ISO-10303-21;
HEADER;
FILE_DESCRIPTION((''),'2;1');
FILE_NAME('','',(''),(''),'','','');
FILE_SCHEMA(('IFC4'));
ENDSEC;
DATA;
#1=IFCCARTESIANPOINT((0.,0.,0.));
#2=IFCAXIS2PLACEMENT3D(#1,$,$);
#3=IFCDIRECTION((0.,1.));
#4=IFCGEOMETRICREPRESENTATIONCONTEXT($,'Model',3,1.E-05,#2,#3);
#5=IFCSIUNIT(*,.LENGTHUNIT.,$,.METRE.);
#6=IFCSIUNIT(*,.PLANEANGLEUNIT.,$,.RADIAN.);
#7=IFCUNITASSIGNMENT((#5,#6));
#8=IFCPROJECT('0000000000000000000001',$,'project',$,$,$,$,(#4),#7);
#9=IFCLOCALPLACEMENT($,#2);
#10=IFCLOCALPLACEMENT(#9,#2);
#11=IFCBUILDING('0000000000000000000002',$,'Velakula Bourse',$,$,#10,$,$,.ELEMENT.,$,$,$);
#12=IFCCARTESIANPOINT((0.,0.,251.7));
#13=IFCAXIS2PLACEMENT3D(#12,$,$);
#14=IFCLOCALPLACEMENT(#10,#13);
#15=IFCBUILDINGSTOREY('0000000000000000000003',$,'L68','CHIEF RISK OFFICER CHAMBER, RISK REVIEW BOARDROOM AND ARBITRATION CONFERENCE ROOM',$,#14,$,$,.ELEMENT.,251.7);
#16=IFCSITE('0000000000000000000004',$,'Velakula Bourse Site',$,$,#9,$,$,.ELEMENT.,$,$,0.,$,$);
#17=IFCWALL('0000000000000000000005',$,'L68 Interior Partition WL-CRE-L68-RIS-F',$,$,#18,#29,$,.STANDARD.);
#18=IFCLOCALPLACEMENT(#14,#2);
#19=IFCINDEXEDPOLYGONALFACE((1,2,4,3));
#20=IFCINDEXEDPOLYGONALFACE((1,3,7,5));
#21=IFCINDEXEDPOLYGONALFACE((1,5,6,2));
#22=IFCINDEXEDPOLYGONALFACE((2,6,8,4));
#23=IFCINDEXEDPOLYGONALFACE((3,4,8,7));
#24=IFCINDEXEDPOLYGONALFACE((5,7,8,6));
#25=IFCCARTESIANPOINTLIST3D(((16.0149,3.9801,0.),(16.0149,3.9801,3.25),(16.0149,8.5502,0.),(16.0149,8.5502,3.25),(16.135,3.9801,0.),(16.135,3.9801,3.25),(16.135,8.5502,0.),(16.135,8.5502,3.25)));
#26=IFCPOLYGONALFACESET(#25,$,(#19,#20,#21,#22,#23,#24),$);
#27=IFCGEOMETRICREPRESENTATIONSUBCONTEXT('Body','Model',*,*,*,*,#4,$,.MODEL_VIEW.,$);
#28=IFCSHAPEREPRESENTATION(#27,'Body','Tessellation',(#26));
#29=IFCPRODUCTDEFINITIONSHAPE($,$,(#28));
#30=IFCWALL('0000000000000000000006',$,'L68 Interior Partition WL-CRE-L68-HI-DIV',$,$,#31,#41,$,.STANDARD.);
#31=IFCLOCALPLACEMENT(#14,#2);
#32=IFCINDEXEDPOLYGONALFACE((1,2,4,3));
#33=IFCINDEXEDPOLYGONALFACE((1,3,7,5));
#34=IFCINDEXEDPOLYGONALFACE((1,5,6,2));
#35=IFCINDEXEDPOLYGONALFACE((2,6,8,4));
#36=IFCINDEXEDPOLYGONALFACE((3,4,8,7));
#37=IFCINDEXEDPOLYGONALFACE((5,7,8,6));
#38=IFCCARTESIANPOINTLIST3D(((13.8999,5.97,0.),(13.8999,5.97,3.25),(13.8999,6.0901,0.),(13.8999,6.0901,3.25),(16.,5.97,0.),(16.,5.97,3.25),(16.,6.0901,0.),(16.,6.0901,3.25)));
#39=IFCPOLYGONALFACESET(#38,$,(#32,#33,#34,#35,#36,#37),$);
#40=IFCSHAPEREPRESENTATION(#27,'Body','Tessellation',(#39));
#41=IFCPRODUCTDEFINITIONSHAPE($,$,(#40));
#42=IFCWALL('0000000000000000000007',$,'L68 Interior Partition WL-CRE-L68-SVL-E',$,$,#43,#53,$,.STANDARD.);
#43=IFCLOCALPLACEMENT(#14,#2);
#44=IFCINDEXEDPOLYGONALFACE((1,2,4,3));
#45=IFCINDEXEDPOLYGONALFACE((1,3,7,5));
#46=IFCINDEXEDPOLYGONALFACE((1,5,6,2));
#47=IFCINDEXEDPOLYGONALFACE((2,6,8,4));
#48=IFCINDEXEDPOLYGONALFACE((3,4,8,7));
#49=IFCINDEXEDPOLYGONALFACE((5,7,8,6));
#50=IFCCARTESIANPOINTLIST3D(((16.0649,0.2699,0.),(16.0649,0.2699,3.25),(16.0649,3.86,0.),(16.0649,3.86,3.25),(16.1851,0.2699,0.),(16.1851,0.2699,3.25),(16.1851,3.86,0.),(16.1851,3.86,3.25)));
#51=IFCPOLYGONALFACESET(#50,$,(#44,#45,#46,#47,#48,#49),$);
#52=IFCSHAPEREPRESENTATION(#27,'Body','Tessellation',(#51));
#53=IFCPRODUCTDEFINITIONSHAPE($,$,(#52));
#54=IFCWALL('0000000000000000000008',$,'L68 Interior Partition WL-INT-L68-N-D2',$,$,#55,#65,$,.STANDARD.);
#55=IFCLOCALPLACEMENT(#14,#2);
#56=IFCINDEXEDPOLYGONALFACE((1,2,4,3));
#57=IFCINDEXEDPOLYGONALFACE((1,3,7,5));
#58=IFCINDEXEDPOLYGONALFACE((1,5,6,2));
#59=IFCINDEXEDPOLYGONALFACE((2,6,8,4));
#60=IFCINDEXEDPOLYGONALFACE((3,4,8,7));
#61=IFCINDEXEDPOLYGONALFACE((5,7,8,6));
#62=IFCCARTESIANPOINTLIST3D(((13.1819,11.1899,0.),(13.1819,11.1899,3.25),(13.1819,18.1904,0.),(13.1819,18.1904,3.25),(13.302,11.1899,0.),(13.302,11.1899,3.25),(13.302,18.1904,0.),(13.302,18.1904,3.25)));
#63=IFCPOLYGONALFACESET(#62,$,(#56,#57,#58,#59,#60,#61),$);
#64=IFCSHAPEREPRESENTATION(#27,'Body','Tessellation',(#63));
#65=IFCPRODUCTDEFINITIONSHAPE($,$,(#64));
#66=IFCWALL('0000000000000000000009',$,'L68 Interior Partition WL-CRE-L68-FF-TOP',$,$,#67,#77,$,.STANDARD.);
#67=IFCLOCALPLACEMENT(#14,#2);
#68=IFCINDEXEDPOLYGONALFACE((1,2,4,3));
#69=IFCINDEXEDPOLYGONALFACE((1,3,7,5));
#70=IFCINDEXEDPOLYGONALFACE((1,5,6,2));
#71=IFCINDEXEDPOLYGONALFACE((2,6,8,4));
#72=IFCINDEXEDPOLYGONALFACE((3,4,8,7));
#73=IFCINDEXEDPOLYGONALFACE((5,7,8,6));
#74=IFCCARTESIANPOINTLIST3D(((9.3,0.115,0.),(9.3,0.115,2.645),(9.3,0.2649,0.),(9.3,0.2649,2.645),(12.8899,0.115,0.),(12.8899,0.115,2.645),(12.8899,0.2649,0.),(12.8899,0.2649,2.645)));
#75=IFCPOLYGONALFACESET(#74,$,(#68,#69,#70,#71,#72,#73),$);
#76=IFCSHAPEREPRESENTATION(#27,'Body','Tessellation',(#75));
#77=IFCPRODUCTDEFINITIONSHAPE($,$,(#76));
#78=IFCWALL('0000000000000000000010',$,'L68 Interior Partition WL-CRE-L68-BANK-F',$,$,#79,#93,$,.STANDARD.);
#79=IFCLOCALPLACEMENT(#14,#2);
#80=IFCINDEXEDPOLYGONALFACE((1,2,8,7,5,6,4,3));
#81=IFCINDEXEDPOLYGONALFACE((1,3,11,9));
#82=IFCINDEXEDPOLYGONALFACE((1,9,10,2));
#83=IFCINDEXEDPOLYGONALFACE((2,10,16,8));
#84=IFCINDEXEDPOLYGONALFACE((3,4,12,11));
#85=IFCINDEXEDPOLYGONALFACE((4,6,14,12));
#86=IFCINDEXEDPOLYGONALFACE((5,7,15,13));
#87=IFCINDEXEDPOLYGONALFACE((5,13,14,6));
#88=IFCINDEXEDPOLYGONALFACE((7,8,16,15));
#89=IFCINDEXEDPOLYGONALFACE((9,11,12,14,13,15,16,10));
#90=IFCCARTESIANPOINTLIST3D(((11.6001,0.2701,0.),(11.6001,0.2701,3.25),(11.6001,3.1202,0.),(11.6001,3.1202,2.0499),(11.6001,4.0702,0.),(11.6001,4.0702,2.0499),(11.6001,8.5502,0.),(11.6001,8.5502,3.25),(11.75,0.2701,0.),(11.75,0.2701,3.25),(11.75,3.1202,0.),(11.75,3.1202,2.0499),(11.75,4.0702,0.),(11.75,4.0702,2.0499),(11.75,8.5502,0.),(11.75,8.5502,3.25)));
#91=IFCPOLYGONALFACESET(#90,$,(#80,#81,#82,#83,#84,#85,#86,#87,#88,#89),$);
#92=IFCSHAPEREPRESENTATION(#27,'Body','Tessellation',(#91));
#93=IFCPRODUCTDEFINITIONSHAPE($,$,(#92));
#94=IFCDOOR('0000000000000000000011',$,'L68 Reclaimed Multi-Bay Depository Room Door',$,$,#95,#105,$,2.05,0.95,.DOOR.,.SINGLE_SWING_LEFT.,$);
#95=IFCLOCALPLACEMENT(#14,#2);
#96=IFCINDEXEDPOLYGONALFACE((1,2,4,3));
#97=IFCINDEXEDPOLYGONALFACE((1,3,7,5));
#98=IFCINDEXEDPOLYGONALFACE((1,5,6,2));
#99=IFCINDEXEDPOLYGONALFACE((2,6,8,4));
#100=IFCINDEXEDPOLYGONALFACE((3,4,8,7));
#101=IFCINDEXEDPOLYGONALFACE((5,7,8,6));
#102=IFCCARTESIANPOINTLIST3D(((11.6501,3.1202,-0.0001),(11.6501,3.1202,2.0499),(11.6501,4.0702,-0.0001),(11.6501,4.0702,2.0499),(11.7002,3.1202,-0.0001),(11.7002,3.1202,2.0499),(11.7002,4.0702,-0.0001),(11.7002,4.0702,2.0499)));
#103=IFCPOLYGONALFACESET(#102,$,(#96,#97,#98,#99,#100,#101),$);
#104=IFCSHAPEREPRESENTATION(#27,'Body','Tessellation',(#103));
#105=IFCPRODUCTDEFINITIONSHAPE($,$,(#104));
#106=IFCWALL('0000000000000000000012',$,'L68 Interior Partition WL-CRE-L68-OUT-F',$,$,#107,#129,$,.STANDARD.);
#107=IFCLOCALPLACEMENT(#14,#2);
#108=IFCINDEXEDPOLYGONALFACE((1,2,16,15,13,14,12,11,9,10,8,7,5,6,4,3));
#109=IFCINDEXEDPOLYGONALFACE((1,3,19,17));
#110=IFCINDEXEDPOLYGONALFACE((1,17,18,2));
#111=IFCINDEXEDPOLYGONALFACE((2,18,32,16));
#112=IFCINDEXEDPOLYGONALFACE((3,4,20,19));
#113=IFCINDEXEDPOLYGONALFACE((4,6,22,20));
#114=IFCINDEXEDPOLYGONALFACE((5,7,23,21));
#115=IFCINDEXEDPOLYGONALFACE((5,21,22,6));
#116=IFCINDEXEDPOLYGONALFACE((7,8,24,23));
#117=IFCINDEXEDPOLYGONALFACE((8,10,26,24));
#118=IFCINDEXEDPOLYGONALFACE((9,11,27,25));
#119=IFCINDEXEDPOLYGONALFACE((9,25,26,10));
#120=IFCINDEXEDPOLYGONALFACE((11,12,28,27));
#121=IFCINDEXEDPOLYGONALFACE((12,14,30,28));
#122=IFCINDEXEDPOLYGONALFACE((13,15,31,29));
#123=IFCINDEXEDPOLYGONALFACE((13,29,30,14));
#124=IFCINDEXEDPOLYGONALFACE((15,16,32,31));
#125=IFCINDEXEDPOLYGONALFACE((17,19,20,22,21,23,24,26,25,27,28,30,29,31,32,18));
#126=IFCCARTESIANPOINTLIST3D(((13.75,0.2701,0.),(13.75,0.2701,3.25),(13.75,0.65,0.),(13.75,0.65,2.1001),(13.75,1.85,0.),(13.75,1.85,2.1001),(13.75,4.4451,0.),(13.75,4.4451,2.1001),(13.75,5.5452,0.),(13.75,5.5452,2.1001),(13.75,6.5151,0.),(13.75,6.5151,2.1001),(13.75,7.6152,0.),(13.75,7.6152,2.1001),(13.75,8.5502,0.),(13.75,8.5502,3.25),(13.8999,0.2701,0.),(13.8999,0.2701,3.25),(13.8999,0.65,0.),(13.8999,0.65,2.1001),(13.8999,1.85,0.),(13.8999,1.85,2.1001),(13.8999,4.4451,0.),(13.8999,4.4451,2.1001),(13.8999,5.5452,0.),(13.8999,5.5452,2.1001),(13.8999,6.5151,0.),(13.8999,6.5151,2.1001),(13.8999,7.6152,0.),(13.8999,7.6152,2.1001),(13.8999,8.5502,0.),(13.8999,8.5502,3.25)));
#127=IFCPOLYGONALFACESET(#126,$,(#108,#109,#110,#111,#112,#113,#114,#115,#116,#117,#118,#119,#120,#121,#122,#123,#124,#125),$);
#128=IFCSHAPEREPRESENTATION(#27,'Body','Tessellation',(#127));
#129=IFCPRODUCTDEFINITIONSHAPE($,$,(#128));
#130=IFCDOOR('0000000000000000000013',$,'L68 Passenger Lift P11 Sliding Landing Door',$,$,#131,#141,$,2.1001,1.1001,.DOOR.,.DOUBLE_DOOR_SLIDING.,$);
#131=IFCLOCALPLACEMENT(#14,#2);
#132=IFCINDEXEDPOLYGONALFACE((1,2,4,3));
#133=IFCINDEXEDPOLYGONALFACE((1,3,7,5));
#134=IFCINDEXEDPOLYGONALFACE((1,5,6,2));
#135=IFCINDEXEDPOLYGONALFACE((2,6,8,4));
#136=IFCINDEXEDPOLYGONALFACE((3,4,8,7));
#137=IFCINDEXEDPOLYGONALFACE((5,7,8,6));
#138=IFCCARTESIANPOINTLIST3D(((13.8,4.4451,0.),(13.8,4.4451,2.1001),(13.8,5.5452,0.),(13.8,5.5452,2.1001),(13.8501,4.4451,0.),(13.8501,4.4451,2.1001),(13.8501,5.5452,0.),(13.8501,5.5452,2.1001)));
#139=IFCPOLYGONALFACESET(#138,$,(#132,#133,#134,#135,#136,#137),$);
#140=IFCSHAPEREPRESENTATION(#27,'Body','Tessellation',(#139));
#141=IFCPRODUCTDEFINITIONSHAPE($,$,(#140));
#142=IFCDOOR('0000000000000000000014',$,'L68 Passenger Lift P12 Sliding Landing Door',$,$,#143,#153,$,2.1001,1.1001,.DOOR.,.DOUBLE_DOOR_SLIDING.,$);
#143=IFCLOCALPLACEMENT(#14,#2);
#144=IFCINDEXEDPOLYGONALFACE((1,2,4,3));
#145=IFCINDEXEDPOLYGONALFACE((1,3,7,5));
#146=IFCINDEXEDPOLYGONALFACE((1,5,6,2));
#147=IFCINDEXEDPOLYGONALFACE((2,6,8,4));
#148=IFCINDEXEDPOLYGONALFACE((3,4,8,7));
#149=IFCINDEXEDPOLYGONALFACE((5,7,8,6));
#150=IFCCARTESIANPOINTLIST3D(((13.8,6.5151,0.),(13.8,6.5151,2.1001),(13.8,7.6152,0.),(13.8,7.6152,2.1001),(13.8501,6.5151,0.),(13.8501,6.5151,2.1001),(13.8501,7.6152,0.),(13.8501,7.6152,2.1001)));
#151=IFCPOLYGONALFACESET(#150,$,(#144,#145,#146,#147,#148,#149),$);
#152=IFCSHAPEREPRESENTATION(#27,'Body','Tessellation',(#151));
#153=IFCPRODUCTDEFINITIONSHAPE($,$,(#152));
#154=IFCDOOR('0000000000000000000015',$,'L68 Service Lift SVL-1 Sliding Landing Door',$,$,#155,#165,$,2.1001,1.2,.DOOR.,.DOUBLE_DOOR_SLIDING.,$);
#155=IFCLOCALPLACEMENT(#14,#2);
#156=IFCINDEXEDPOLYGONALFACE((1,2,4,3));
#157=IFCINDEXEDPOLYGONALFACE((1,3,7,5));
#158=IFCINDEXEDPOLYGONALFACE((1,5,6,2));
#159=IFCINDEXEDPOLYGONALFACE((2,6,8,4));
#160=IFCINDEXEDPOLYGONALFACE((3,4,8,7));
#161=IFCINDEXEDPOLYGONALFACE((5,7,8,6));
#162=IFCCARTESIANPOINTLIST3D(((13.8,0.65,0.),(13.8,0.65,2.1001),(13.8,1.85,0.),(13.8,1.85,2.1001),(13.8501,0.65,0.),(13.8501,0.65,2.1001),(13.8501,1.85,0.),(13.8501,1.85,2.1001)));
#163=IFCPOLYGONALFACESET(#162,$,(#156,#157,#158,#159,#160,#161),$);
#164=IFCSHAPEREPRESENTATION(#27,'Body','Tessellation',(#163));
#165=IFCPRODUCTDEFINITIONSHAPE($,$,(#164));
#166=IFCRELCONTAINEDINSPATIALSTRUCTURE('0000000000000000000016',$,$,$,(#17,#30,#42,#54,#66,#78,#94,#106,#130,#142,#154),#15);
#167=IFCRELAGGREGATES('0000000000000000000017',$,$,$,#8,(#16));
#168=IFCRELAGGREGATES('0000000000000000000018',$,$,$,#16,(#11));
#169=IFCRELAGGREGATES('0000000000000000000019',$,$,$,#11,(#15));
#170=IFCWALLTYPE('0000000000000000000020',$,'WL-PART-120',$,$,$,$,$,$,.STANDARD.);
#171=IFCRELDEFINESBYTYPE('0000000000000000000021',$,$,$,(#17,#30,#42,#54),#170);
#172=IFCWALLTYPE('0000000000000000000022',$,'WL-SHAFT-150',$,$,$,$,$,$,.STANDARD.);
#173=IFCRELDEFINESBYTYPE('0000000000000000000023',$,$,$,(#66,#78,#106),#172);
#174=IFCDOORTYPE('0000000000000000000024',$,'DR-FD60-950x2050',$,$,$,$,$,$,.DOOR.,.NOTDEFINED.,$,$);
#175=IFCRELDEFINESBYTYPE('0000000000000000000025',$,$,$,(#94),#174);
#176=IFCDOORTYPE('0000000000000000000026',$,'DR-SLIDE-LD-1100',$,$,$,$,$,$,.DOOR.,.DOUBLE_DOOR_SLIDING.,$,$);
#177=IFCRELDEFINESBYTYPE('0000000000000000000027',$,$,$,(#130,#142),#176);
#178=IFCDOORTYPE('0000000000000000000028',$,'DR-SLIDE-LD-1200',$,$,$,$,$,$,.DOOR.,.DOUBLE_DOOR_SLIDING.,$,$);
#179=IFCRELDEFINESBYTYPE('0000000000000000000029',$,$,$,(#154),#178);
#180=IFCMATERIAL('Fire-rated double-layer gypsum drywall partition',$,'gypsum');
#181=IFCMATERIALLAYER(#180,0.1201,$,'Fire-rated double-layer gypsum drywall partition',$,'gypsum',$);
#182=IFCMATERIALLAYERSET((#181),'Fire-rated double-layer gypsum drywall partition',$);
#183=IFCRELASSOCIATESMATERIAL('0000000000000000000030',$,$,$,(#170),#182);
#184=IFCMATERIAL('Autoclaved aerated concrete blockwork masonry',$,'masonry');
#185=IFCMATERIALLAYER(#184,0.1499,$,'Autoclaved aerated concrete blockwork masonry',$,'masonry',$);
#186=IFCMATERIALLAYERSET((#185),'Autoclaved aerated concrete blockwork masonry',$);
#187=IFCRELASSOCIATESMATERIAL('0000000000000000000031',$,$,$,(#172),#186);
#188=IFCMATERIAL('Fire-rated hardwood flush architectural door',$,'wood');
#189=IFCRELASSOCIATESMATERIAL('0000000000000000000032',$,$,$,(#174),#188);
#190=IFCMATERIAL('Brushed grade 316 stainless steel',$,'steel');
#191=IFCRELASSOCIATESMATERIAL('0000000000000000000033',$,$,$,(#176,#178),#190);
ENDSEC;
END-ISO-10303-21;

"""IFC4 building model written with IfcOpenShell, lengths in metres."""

from ifc_helpers import new_model, si_unit, direction, frame, frame_2d, origin, place, context, subcontext, project, spatial, rectangle, extrude, material, layer, layer_set, type_object, element, fill, save


model = new_model("IFC4")

# Units and contexts
model_context = context("Model", 3, precision=1e-05, world=origin(), true_north=direction((0.0, 1.0)))
body_context = subcontext(model_context, "Body", "Model", "MODEL_VIEW")
ifc_project = project(units=[si_unit("LENGTHUNIT", "METRE"), si_unit("PLANEANGLEUNIT", "RADIAN")], contexts=[model_context])

# Site, building, storey
site_placement = place(None, origin())
site = spatial("IfcSite", under=ifc_project, at=site_placement, Name="Velakula Bourse Site", CompositionType="ELEMENT", RefElevation=0.0)
building_placement = place(site_placement, origin())
building = spatial("IfcBuilding", under=site, at=building_placement, Name="Velakula Bourse", CompositionType="ELEMENT")
storey_placement = place(building_placement, frame((0.0, 0.0, 251.7)))
storey = spatial("IfcBuildingStorey", under=building, at=storey_placement, Name="L68", Description="CHIEF RISK OFFICER CHAMBER, RISK REVIEW BOARDROOM AND ARBITRATION CONFERENCE ROOM", CompositionType="ELEMENT", Elevation=251.7)

# Walls
ifc_material_1 = material(Name="Fire-rated double-layer gypsum drywall partition", Category="gypsum")
ifc_layer_1 = layer(ifc_material_1, 0.1201, Name="Fire-rated double-layer gypsum drywall partition", Category="gypsum")
ifc_layer_set_1 = layer_set([ifc_layer_1], Name="Fire-rated double-layer gypsum drywall partition")
wall_type_1 = type_object("IfcWallType", Name="WL-PART-120", PredefinedType="STANDARD", material=ifc_layer_set_1)
wall_1_placement = place(storey_placement, frame((16.075, 3.98, 0.0), z_axis=(0.0, 0.0, 1.0), x_axis=(0.0, 1.0, 0.0)))
element("IfcWall", 1, at=wall_1_placement, inside=storey, type_object=wall_type_1, Name="L68 Interior Partition WL-CRE-L68-RIS-F", PredefinedType="STANDARD", context=body_context, shape_type="SweptSolid", body=[
    extrude(rectangle(XDim=4.5701, YDim=0.1201, at=frame_2d((2.2852, 0.0))), origin(), (0.0, 0.0, 1.0), 3.25),
])
wall_2_placement = place(storey_placement, frame((13.8999, 6.03, 0.0), z_axis=(0.0, 0.0, 1.0), x_axis=(1.0, 0.0, 0.0)))
element("IfcWall", 2, at=wall_2_placement, inside=storey, type_object=wall_type_1, Name="L68 Interior Partition WL-CRE-L68-HI-DIV", PredefinedType="STANDARD", context=body_context, shape_type="SweptSolid", body=[
    extrude(rectangle(XDim=2.1001, YDim=0.1201, at=frame_2d((1.05, 0.0))), origin(), (0.0, 0.0, 1.0), 3.25),
])
wall_3_placement = place(storey_placement, frame((16.125, 0.27, 0.0), z_axis=(0.0, 0.0, 1.0), x_axis=(0.0, 1.0, 0.0)))
element("IfcWall", 3, at=wall_3_placement, inside=storey, type_object=wall_type_1, Name="L68 Interior Partition WL-CRE-L68-SVL-E", PredefinedType="STANDARD", context=body_context, shape_type="SweptSolid", body=[
    extrude(rectangle(XDim=3.5901, YDim=0.1201, at=frame_2d((1.7949, 0.0))), origin(), (0.0, 0.0, 1.0), 3.25),
])
wall_4_placement = place(storey_placement, frame((13.2419, 11.1899, 0.0), z_axis=(0.0, 0.0, 1.0), x_axis=(0.0, 1.0, 0.0)))
element("IfcWall", 4, at=wall_4_placement, inside=storey, type_object=wall_type_1, Name="L68 Interior Partition WL-INT-L68-N-D2", PredefinedType="STANDARD", context=body_context, shape_type="SweptSolid", body=[
    extrude(rectangle(XDim=7.0005, YDim=0.1201, at=frame_2d((3.5002, 0.0))), origin(), (0.0, 0.0, 1.0), 3.25),
])
ifc_material_2 = material(Name="Autoclaved aerated concrete blockwork masonry", Category="masonry")
ifc_layer_2 = layer(ifc_material_2, 0.1499, Name="Autoclaved aerated concrete blockwork masonry", Category="masonry")
ifc_layer_set_2 = layer_set([ifc_layer_2], Name="Autoclaved aerated concrete blockwork masonry")
wall_type_2 = type_object("IfcWallType", Name="WL-SHAFT-150", PredefinedType="STANDARD", material=ifc_layer_set_2)
wall_5_placement = place(storey_placement, frame((9.3, 0.1899, 0.0), z_axis=(0.0, 0.0, 1.0), x_axis=(1.0, 0.0, 0.0)))
element("IfcWall", 5, at=wall_5_placement, inside=storey, type_object=wall_type_2, Name="L68 Interior Partition WL-CRE-L68-FF-TOP", PredefinedType="STANDARD", context=body_context, shape_type="SweptSolid", body=[
    extrude(rectangle(XDim=3.5898, YDim=0.1499, at=frame_2d((1.7949, 0.0))), origin(), (0.0, 0.0, 1.0), 2.645),
])

# Wall, opening, door
wall_6_placement = place(storey_placement, frame((11.675, 0.27, 0.0), z_axis=(0.0, 0.0, 1.0), x_axis=(0.0, 1.0, 0.0)))
wall_6 = element("IfcWall", 6, at=wall_6_placement, inside=storey, type_object=wall_type_2, Name="L68 Interior Partition WL-CRE-L68-BANK-F", PredefinedType="STANDARD", context=body_context, shape_type="SweptSolid", body=[
    extrude(rectangle(XDim=8.28, YDim=0.1499, at=frame_2d((4.1401, 0.0))), origin(), (0.0, 0.0, 1.0), 3.25),
])
opening_1_placement = place(wall_6_placement, frame((2.8501, 0.0, 0.0)))
opening_1 = element("IfcOpeningElement", 7, at=opening_1_placement, cuts=wall_6, PredefinedType="OPENING", context=body_context, shape_type="SweptSolid", body=[
    extrude(rectangle(XDim=0.95, YDim=2.05, at=frame_2d((0.4751, 1.0249))), frame((0.0, 0.085, 0.0), z_axis=(0.0, -1.0, 0.0), x_axis=(1.0, 0.0, 0.0)), (0.0, 0.0, 1.0), 0.1699),
])
ifc_material_3 = material(Name="Fire-rated hardwood flush architectural door", Category="wood")
door_type_1 = type_object("IfcDoorType", Name="DR-FD60-950x2050", OperationType="NOTDEFINED", PredefinedType="DOOR", material=ifc_material_3)
door_1_placement = place(opening_1_placement, origin())
door_1 = element("IfcDoor", 8, at=door_1_placement, inside=storey, type_object=door_type_1, Name="L68 Reclaimed Multi-Bay Depository Room Door", OperationType="SINGLE_SWING_LEFT", OverallHeight=2.05, OverallWidth=0.95, PredefinedType="DOOR", context=body_context, shape_type="SweptSolid", body=[
    extrude(rectangle(XDim=0.95, YDim=2.05, at=frame_2d((0.4751, 1.0249))), frame((0.0, 0.0249, 0.0), z_axis=(0.0, -1.0, 0.0), x_axis=(1.0, 0.0, 0.0)), (0.0, 0.0, 1.0), 0.05),
])
fill(opening_1, door_1)

# Wall, openings, doors
wall_7_placement = place(storey_placement, frame((13.825, 0.27, 0.0), z_axis=(0.0, 0.0, 1.0), x_axis=(0.0, 1.0, 0.0)))
wall_7 = element("IfcWall", 9, at=wall_7_placement, inside=storey, type_object=wall_type_2, Name="L68 Interior Partition WL-CRE-L68-OUT-F", PredefinedType="STANDARD", context=body_context, shape_type="SweptSolid", body=[
    extrude(rectangle(XDim=8.28, YDim=0.1499, at=frame_2d((4.1401, 0.0))), origin(), (0.0, 0.0, 1.0), 3.25),
])
opening_2_placement = place(wall_7_placement, frame((4.175, 0.0, 0.0)))
opening_2 = element("IfcOpeningElement", 10, at=opening_2_placement, cuts=wall_7, PredefinedType="OPENING", context=body_context, shape_type="SweptSolid", body=[
    extrude(rectangle(XDim=1.1001, YDim=2.1001, at=frame_2d((0.55, 1.05))), frame((0.0, 0.085, 0.0), z_axis=(0.0, -1.0, 0.0), x_axis=(1.0, 0.0, 0.0)), (0.0, 0.0, 1.0), 0.1699),
])
opening_3_placement = place(wall_7_placement, frame((6.2451, 0.0, 0.0)))
opening_3 = element("IfcOpeningElement", 11, at=opening_3_placement, cuts=wall_7, PredefinedType="OPENING", context=body_context, shape_type="SweptSolid", body=[
    extrude(rectangle(XDim=1.1001, YDim=2.1001, at=frame_2d((0.55, 1.05))), frame((0.0, 0.085, 0.0), z_axis=(0.0, -1.0, 0.0), x_axis=(1.0, 0.0, 0.0)), (0.0, 0.0, 1.0), 0.1699),
])
opening_4_placement = place(wall_7_placement, frame((0.3799, 0.0, 0.0)))
opening_4 = element("IfcOpeningElement", 12, at=opening_4_placement, cuts=wall_7, PredefinedType="OPENING", context=body_context, shape_type="SweptSolid", body=[
    extrude(rectangle(XDim=1.2, YDim=2.1001, at=frame_2d((0.6001, 1.05))), frame((0.0, 0.085, 0.0), z_axis=(0.0, -1.0, 0.0), x_axis=(1.0, 0.0, 0.0)), (0.0, 0.0, 1.0), 0.1699),
])
ifc_material_4 = material(Name="Brushed grade 316 stainless steel", Category="steel")
door_type_2 = type_object("IfcDoorType", Name="DR-SLIDE-LD-1100", OperationType="DOUBLE_DOOR_SLIDING", PredefinedType="DOOR", material=ifc_material_4)
door_2_placement = place(opening_2_placement, origin())
door_2 = element("IfcDoor", 13, at=door_2_placement, inside=storey, type_object=door_type_2, Name="L68 Passenger Lift P11 Sliding Landing Door", OperationType="DOUBLE_DOOR_SLIDING", OverallHeight=2.1001, OverallWidth=1.1001, PredefinedType="DOOR", context=body_context, shape_type="SweptSolid", body=[
    extrude(rectangle(XDim=1.1001, YDim=2.1001, at=frame_2d((0.55, 1.05))), frame((0.0, 0.0249, 0.0), z_axis=(0.0, -1.0, 0.0), x_axis=(1.0, 0.0, 0.0)), (0.0, 0.0, 1.0), 0.05),
])
fill(opening_2, door_2)
door_3_placement = place(opening_3_placement, origin())
door_3 = element("IfcDoor", 14, at=door_3_placement, inside=storey, type_object=door_type_2, Name="L68 Passenger Lift P12 Sliding Landing Door", OperationType="DOUBLE_DOOR_SLIDING", OverallHeight=2.1001, OverallWidth=1.1001, PredefinedType="DOOR", context=body_context, shape_type="SweptSolid", body=[
    extrude(rectangle(XDim=1.1001, YDim=2.1001, at=frame_2d((0.55, 1.05))), frame((0.0, 0.0249, 0.0), z_axis=(0.0, -1.0, 0.0), x_axis=(1.0, 0.0, 0.0)), (0.0, 0.0, 1.0), 0.05),
])
fill(opening_3, door_3)
door_type_3 = type_object("IfcDoorType", Name="DR-SLIDE-LD-1200", OperationType="DOUBLE_DOOR_SLIDING", PredefinedType="DOOR", material=ifc_material_4)
door_4_placement = place(opening_4_placement, origin())
door_4 = element("IfcDoor", 15, at=door_4_placement, inside=storey, type_object=door_type_3, Name="L68 Service Lift SVL-1 Sliding Landing Door", OperationType="DOUBLE_DOOR_SLIDING", OverallHeight=2.1001, OverallWidth=1.2, PredefinedType="DOOR", context=body_context, shape_type="SweptSolid", body=[
    extrude(rectangle(XDim=1.2, YDim=2.1001, at=frame_2d((0.6001, 1.05))), frame((0.0, 0.0249, 0.0), z_axis=(0.0, -1.0, 0.0), x_axis=(1.0, 0.0, 0.0)), (0.0, 0.0, 1.0), 0.05),
])
fill(opening_4, door_4)

save(model, "model.ifc")
